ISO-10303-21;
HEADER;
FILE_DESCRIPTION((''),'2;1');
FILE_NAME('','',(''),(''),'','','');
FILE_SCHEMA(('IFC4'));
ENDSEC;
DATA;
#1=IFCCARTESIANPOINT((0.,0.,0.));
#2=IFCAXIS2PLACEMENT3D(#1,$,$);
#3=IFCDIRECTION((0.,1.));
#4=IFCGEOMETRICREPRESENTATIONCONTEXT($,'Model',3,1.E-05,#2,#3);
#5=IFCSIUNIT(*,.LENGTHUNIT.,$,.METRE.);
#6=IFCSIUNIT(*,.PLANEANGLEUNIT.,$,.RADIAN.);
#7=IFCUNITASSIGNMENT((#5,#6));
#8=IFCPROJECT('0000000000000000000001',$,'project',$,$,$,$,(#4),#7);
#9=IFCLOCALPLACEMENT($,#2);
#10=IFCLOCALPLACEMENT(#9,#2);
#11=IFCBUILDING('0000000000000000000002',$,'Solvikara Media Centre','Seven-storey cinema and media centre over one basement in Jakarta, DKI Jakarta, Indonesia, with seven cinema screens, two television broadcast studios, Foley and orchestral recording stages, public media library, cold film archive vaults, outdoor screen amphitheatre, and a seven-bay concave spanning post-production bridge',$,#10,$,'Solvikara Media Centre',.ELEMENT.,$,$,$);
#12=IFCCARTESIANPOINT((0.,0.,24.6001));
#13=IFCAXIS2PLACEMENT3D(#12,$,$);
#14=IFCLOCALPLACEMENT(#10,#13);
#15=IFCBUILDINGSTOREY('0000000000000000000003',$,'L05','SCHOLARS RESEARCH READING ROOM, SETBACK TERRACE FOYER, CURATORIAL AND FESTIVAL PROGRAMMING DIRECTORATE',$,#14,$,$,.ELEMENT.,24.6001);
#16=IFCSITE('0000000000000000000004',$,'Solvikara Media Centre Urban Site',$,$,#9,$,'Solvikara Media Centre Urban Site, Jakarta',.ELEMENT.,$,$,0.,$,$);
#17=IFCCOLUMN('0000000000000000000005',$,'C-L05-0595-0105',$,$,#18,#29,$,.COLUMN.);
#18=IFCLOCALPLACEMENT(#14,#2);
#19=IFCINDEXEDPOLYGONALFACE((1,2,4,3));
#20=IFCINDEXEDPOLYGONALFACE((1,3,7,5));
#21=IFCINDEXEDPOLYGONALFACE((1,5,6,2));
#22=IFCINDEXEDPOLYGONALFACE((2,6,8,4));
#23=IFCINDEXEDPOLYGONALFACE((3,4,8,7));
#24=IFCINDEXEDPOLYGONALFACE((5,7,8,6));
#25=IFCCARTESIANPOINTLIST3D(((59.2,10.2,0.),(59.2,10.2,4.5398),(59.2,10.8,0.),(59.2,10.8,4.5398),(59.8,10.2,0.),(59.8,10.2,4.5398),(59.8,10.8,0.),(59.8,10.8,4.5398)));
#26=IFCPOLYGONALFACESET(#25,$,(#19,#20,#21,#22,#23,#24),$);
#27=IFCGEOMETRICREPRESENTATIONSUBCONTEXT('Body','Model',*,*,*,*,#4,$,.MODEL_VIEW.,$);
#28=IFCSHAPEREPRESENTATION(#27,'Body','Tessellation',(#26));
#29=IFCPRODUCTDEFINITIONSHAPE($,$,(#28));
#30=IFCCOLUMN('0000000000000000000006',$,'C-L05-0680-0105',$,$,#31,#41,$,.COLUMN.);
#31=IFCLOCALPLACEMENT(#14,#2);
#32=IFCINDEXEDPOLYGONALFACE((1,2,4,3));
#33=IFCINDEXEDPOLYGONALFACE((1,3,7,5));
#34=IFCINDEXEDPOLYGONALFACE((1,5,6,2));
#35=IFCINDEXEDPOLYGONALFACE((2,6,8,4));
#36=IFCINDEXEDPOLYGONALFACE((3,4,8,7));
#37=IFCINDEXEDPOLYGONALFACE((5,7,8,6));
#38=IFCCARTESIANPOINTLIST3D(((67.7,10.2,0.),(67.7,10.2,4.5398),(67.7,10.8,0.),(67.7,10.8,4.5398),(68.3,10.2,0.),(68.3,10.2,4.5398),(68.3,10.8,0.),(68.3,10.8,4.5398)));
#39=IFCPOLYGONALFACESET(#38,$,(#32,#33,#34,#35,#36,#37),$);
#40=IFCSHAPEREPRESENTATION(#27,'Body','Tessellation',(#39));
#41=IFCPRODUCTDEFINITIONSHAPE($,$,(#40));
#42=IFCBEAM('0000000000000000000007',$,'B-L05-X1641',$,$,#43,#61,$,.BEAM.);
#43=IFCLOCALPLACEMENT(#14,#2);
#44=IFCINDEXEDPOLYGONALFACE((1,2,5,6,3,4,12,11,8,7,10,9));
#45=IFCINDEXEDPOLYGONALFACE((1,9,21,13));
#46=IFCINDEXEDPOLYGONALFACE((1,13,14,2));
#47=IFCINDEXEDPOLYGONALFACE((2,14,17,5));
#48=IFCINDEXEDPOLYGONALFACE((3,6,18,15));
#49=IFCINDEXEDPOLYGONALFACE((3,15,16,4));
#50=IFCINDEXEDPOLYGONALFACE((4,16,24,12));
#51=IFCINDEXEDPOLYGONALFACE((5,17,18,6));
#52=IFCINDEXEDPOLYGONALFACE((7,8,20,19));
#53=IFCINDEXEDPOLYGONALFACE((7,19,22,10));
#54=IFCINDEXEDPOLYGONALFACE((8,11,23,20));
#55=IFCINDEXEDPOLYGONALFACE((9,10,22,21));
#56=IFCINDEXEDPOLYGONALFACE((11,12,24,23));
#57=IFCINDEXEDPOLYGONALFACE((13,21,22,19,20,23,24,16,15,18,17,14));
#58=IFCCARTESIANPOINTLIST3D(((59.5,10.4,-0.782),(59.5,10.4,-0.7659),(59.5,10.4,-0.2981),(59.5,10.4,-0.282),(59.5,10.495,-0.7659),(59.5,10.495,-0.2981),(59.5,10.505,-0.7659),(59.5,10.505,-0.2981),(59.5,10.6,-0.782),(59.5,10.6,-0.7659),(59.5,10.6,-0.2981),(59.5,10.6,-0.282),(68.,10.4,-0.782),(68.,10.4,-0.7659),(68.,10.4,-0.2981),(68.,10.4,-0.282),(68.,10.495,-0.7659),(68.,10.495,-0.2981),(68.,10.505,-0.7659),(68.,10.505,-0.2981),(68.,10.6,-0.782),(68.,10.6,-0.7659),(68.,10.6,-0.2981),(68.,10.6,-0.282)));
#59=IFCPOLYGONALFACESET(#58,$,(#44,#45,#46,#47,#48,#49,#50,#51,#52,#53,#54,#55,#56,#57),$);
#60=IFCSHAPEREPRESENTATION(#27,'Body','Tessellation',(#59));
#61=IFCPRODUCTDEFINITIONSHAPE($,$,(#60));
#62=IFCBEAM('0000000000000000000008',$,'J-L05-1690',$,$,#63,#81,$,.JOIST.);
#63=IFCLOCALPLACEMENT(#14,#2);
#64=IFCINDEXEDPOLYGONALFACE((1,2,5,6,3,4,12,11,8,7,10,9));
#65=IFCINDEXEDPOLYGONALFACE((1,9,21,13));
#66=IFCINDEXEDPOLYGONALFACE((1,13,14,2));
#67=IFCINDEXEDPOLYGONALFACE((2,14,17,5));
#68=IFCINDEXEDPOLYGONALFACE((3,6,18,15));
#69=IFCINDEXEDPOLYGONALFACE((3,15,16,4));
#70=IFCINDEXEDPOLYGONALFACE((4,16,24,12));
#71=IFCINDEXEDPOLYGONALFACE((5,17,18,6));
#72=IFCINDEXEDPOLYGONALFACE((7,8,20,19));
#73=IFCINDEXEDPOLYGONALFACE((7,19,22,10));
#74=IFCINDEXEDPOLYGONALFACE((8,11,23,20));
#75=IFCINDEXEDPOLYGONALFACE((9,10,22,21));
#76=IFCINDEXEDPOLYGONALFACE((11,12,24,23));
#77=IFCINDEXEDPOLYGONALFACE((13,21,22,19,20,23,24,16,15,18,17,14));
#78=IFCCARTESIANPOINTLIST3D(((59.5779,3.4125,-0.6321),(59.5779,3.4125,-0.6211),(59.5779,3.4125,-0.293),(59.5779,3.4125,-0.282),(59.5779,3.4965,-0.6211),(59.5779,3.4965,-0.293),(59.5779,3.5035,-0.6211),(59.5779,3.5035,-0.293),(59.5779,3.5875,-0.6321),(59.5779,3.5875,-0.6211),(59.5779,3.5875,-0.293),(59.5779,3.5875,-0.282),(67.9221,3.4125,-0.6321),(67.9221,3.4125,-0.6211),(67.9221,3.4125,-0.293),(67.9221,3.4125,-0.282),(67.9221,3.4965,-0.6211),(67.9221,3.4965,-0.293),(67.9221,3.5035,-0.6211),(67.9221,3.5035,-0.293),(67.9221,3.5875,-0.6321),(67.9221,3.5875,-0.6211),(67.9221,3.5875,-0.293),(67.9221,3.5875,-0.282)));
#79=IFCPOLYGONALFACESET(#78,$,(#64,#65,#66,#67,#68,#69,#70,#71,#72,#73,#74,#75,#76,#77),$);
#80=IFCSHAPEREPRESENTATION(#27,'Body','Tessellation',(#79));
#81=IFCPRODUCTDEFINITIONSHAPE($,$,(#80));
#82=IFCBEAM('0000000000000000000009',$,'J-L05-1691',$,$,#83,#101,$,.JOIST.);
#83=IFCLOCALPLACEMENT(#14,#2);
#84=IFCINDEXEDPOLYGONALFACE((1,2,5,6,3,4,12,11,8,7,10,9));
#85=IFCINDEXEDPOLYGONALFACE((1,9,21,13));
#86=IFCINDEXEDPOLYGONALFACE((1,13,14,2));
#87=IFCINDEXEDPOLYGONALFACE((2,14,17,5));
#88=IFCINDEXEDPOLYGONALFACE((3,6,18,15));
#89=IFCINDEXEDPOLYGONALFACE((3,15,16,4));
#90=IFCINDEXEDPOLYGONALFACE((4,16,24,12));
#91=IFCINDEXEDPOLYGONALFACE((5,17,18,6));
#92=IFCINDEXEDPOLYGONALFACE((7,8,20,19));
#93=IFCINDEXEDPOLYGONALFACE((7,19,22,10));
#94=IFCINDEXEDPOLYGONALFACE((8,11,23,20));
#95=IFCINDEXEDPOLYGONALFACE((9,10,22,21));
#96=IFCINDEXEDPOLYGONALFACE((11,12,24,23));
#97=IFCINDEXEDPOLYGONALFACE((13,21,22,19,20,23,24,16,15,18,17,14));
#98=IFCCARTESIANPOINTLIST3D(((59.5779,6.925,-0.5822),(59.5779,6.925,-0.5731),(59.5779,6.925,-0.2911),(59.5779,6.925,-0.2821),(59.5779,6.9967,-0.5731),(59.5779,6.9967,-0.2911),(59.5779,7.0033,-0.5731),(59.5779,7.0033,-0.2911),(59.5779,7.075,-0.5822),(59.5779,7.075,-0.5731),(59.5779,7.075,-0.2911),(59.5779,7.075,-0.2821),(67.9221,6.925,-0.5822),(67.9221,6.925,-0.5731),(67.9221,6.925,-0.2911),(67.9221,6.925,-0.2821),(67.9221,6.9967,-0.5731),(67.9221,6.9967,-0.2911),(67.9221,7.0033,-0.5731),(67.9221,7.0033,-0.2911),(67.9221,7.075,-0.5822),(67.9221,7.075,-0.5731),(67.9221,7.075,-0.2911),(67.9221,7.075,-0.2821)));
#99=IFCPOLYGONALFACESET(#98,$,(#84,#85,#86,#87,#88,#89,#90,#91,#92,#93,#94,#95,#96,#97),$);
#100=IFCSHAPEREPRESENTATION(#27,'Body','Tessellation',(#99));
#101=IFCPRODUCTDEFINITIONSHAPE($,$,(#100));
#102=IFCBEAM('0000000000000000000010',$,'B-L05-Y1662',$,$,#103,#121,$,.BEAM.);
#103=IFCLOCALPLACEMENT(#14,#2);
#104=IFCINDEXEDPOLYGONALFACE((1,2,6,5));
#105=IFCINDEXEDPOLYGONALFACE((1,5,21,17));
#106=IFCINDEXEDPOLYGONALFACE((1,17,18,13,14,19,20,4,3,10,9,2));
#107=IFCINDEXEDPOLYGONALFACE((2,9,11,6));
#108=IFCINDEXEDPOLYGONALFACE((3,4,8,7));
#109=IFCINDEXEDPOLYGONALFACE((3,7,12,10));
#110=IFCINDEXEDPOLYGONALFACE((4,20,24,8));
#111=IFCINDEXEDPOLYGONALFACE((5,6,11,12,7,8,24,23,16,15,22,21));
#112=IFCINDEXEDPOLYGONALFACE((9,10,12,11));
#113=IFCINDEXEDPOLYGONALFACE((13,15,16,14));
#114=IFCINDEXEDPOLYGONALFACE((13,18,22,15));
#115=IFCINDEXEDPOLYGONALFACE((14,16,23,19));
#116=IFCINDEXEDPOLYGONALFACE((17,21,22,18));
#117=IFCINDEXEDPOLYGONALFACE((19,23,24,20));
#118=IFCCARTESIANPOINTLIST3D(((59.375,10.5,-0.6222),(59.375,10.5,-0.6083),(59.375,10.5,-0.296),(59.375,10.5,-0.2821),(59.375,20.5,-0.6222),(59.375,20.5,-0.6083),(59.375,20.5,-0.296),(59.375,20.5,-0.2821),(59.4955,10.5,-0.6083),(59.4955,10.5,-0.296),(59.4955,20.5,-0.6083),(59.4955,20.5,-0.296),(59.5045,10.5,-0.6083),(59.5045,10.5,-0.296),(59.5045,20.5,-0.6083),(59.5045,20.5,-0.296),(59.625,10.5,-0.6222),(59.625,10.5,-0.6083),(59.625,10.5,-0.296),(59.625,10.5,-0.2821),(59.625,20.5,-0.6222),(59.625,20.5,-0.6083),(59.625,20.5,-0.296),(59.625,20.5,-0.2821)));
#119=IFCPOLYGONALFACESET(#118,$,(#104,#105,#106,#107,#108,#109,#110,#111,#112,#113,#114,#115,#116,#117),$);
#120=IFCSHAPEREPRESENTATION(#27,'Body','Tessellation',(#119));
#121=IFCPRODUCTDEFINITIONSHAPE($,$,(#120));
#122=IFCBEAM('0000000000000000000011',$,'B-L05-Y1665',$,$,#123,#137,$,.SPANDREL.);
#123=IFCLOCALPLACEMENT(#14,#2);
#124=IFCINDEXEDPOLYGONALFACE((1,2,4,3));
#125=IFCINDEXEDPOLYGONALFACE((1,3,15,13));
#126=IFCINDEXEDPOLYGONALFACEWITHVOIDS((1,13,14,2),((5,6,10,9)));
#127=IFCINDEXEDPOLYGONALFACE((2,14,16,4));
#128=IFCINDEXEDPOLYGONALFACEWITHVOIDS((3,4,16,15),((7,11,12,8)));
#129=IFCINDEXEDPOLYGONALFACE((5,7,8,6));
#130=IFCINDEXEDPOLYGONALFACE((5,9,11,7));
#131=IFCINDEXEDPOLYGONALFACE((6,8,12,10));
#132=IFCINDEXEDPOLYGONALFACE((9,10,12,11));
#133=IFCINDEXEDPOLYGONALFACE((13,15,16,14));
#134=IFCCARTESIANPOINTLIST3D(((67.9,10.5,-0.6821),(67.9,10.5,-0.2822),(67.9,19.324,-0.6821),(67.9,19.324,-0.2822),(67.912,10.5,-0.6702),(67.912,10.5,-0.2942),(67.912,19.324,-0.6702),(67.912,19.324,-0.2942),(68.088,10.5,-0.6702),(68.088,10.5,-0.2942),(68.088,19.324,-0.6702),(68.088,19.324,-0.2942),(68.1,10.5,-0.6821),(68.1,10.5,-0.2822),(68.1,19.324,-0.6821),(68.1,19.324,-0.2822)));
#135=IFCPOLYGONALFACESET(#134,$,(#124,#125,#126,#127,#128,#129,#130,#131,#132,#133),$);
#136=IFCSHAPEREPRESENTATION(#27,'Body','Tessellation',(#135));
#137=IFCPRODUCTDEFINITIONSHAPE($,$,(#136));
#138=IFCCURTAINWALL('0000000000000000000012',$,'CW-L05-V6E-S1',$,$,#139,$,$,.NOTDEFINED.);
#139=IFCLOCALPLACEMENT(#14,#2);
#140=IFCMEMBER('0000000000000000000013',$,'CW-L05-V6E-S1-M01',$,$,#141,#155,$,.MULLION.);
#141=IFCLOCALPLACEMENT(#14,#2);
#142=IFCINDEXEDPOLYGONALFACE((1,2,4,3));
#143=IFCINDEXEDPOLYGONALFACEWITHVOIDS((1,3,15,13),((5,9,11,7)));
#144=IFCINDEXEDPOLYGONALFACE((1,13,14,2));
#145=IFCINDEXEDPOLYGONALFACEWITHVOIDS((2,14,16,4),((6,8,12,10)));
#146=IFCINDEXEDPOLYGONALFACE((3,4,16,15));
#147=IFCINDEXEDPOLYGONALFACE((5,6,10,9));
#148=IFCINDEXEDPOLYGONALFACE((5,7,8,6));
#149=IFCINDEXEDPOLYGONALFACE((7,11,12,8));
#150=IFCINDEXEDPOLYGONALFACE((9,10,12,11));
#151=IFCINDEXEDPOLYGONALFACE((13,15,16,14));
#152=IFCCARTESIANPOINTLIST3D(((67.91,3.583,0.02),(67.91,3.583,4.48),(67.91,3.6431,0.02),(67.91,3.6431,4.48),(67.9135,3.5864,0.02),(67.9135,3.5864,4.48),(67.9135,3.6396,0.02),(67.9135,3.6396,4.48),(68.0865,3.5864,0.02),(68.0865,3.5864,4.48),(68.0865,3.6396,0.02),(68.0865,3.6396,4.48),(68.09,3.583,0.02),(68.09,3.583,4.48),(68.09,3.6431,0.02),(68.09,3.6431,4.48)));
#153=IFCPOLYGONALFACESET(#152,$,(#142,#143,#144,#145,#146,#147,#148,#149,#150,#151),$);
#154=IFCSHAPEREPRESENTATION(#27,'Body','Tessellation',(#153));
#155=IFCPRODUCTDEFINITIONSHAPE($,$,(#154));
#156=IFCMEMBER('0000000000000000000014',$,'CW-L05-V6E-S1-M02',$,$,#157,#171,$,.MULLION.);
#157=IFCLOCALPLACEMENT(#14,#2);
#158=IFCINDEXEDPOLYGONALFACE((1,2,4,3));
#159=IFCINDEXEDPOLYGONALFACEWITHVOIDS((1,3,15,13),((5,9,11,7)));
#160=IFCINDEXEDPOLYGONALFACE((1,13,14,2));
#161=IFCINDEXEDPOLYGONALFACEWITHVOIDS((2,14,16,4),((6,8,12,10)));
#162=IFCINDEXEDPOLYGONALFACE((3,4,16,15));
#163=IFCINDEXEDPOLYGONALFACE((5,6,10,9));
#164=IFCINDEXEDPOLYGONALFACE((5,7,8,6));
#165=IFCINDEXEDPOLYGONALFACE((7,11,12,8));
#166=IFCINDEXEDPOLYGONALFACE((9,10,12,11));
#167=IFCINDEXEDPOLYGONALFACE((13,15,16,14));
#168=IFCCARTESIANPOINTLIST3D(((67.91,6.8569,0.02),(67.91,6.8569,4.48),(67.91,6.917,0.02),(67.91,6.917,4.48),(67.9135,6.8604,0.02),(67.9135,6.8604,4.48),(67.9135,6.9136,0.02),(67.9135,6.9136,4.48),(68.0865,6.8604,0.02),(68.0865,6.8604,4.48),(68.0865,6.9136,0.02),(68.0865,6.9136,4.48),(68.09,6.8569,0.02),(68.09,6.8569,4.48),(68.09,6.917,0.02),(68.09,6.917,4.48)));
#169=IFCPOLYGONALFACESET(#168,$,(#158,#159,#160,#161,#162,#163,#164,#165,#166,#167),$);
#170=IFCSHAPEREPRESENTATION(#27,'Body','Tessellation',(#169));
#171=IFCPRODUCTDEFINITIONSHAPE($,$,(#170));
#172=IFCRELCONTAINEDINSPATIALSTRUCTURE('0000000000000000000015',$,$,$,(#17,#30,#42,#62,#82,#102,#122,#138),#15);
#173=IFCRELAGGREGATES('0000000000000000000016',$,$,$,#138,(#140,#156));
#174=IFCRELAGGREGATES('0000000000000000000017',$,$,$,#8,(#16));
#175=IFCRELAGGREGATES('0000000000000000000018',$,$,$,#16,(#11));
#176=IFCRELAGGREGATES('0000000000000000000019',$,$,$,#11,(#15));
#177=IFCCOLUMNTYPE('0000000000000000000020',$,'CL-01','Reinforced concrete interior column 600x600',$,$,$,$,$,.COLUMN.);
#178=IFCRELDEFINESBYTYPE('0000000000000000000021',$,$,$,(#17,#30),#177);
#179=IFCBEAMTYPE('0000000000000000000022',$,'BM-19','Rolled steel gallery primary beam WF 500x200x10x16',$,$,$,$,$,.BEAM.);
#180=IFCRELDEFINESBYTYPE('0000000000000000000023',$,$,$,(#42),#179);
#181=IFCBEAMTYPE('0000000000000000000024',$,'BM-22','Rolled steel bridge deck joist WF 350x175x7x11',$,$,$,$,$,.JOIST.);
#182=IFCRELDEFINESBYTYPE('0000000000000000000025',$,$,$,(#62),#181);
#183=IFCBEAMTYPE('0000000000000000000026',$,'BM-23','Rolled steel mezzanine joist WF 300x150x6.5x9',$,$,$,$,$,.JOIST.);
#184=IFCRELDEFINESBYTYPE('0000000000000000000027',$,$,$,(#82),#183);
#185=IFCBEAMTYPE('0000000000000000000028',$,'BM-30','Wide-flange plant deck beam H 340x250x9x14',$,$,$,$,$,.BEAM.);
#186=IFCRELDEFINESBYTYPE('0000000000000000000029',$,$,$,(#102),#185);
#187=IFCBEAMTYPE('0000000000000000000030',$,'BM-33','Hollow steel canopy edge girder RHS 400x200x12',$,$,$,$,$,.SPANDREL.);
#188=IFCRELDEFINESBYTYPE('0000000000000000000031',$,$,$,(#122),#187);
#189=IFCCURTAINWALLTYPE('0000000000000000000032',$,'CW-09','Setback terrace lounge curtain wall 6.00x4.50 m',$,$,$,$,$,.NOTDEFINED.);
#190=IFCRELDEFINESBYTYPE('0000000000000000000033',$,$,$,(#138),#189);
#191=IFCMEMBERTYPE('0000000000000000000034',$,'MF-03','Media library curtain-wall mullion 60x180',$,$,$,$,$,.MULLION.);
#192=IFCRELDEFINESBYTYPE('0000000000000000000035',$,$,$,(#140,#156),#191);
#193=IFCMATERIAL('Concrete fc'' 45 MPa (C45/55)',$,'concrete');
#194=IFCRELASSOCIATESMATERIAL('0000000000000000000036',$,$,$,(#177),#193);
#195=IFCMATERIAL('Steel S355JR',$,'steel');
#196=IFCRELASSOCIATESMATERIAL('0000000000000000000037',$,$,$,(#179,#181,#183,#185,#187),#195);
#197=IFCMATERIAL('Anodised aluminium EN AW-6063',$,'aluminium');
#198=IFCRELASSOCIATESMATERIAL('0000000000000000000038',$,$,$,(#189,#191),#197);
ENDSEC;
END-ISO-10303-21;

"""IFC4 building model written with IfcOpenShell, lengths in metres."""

from ifc_helpers import new_model, si_unit, direction, frame, origin, origin_2d, place, context, subcontext, project, spatial, rectangle, hollow_rectangle, i_section, extrude, material, material_profile, profile_set, type_object, element, aggregate, save


model = new_model("IFC4")

# Units and contexts
model_context = context("Model", 3, precision=1e-05, world=origin(), true_north=direction((0.0, 1.0)))
body_context = subcontext(model_context, "Body", "Model", "MODEL_VIEW")
ifc_project = project(units=[si_unit("LENGTHUNIT", "METRE"), si_unit("PLANEANGLEUNIT", "RADIAN")], contexts=[model_context])

# Site, building, storey
site_placement = place(None, origin())
site = spatial("IfcSite", under=ifc_project, at=site_placement, Name="Solvikara Media Centre Urban Site", LongName="Solvikara Media Centre Urban Site, Jakarta", CompositionType="ELEMENT", RefElevation=0.0)
building_placement = place(site_placement, origin())
building = spatial("IfcBuilding", under=site, at=building_placement, Name="Solvikara Media Centre", Description="Seven-storey cinema and media centre over one basement in Jakarta, DKI Jakarta, Indonesia, with seven cinema screens, two television broadcast studios, Foley and orchestral recording stages, public media library, cold film archive vaults, outdoor screen amphitheatre, and a seven-bay concave spanning post-production bridge", LongName="Solvikara Media Centre", CompositionType="ELEMENT")
storey_placement = place(building_placement, frame((0.0, 0.0, 24.6001)))
storey = spatial("IfcBuildingStorey", under=building, at=storey_placement, Name="L05", Description="SCHOLARS RESEARCH READING ROOM, SETBACK TERRACE FOYER, CURATORIAL AND FESTIVAL PROGRAMMING DIRECTORATE", CompositionType="ELEMENT", Elevation=24.6001)

# Columns
ifc_material_1 = material(Name="Concrete fc' 45 MPa (C45/55)", Category="concrete")
ifc_material_profile_1 = material_profile(ifc_material_1, rectangle(XDim=0.6001, YDim=0.6001, at=origin_2d()), Name="RC 600x600")
ifc_profile_set_1 = profile_set([ifc_material_profile_1], Name="Concrete fc' 45 MPa (C45/55)")
column_type = type_object("IfcColumnType", Name="CL-01", Description="Reinforced concrete interior column 600x600", PredefinedType="COLUMN", material=ifc_profile_set_1)
for number, where, z_axis, x_axis, name in (
    (1, (59.5, 10.5, 0.0), (0.0, 0.0, 1.0), (1.0, 0.0, 0.0), "C-L05-0595-0105"),
    (2, (68.0, 10.5, 0.0), (0.0, 0.0, 1.0), (1.0, 0.0, 0.0), "C-L05-0680-0105"),
):
    element("IfcColumn", number, at=place(storey_placement, frame(where, z_axis=z_axis, x_axis=x_axis)), inside=storey, type_object=column_type, Name=name, PredefinedType="COLUMN", context=body_context, shape_type="SweptSolid", body=[
        extrude(rectangle(XDim=0.6001, YDim=0.6001, at=origin_2d()), origin(), (0.0, 0.0, 1.0), 4.5398),
    ])

# Beams
ifc_material_2 = material(Name="Steel S355JR", Category="steel")
ifc_material_profile_2 = material_profile(ifc_material_2, i_section(OverallWidth=0.2, OverallDepth=0.5, WebThickness=0.01, FlangeThickness=0.0161, at=origin_2d()), Name="WF 500x200x10x16")
ifc_profile_set_2 = profile_set([ifc_material_profile_2], Name="Steel S355JR")
beam_type_1 = type_object("IfcBeamType", Name="BM-19", Description="Rolled steel gallery primary beam WF 500x200x10x16", PredefinedType="BEAM", material=ifc_profile_set_2)
beam_1_placement = place(storey_placement, frame((59.5, 10.5, -0.532), z_axis=(1.0, 0.0, 0.0), x_axis=(0.0, 1.0, 0.0)))
element("IfcBeam", 3, at=beam_1_placement, inside=storey, type_object=beam_type_1, Name="B-L05-X1641", PredefinedType="BEAM", context=body_context, shape_type="SweptSolid", body=[
    extrude(i_section(OverallWidth=0.2, OverallDepth=0.5, WebThickness=0.01, FlangeThickness=0.0161, at=origin_2d()), origin(), (0.0, 0.0, 1.0), 8.5),
])
ifc_material_profile_3 = material_profile(ifc_material_2, i_section(OverallWidth=0.175, OverallDepth=0.3501, WebThickness=0.0071, FlangeThickness=0.011, at=origin_2d()), Name="WF 350x175x7x11")
ifc_profile_set_3 = profile_set([ifc_material_profile_3], Name="Steel S355JR")
beam_type_2 = type_object("IfcBeamType", Name="BM-22", Description="Rolled steel bridge deck joist WF 350x175x7x11", PredefinedType="JOIST", material=ifc_profile_set_3)
beam_2_placement = place(storey_placement, frame((59.5779, 3.5, -0.457), z_axis=(1.0, 0.0, 0.0), x_axis=(0.0, 1.0, 0.0)))
element("IfcBeam", 4, at=beam_2_placement, inside=storey, type_object=beam_type_2, Name="J-L05-1690", PredefinedType="JOIST", context=body_context, shape_type="SweptSolid", body=[
    extrude(i_section(OverallWidth=0.175, OverallDepth=0.3501, WebThickness=0.0071, FlangeThickness=0.011, at=origin_2d()), origin(), (0.0, 0.0, 1.0), 8.3442),
])
ifc_material_profile_4 = material_profile(ifc_material_2, i_section(OverallWidth=0.1499, OverallDepth=0.3, WebThickness=0.0066, FlangeThickness=0.009, at=origin_2d()), Name="WF 300x150x6.5x9")
ifc_profile_set_4 = profile_set([ifc_material_profile_4], Name="Steel S355JR")
beam_type_3 = type_object("IfcBeamType", Name="BM-23", Description="Rolled steel mezzanine joist WF 300x150x6.5x9", PredefinedType="JOIST", material=ifc_profile_set_4)
beam_3_placement = place(storey_placement, frame((59.5779, 7.0, -0.4321), z_axis=(1.0, 0.0, 0.0), x_axis=(0.0, 1.0, 0.0)))
element("IfcBeam", 5, at=beam_3_placement, inside=storey, type_object=beam_type_3, Name="J-L05-1691", PredefinedType="JOIST", context=body_context, shape_type="SweptSolid", body=[
    extrude(i_section(OverallWidth=0.1499, OverallDepth=0.3, WebThickness=0.0066, FlangeThickness=0.009, at=origin_2d()), origin(), (0.0, 0.0, 1.0), 8.3442),
])
ifc_material_profile_5 = material_profile(ifc_material_2, i_section(OverallWidth=0.25, OverallDepth=0.3401, WebThickness=0.009, FlangeThickness=0.0139, at=origin_2d()), Name="H 340x250x9x14")
ifc_profile_set_5 = profile_set([ifc_material_profile_5], Name="Steel S355JR")
beam_type_4 = type_object("IfcBeamType", Name="BM-30", Description="Wide-flange plant deck beam H 340x250x9x14", PredefinedType="BEAM", material=ifc_profile_set_5)
beam_4_placement = place(storey_placement, frame((59.5, 10.5, -0.4521), z_axis=(0.0, 1.0, 0.0), x_axis=(-1.0, 0.0, 0.0)))
element("IfcBeam", 6, at=beam_4_placement, inside=storey, type_object=beam_type_4, Name="B-L05-Y1662", PredefinedType="BEAM", context=body_context, shape_type="SweptSolid", body=[
    extrude(i_section(OverallWidth=0.25, OverallDepth=0.3401, WebThickness=0.009, FlangeThickness=0.0139, at=origin_2d()), origin(), (0.0, 0.0, 1.0), 10.0),
])
ifc_material_profile_6 = material_profile(ifc_material_2, hollow_rectangle(XDim=0.2, YDim=0.3999, WallThickness=0.012, at=origin_2d()), Name="RHS 400x200x12")
ifc_profile_set_6 = profile_set([ifc_material_profile_6], Name="Steel S355JR")
beam_type_5 = type_object("IfcBeamType", Name="BM-33", Description="Hollow steel canopy edge girder RHS 400x200x12", PredefinedType="SPANDREL", material=ifc_profile_set_6)
beam_5_placement = place(storey_placement, frame((68.0, 10.5, -0.4822), z_axis=(0.0, 1.0, 0.0), x_axis=(-1.0, 0.0, 0.0)))
element("IfcBeam", 7, at=beam_5_placement, inside=storey, type_object=beam_type_5, Name="B-L05-Y1665", PredefinedType="SPANDREL", context=body_context, shape_type="SweptSolid", body=[
    extrude(hollow_rectangle(XDim=0.2, YDim=0.3999, WallThickness=0.012, at=origin_2d()), origin(), (0.0, 0.0, 1.0), 8.824),
])

# Curtain wall, members
ifc_material_3 = material(Name="Anodised aluminium EN AW-6063", Category="aluminium")
curtain_wall_type = type_object("IfcCurtainWallType", Name="CW-09", Description="Setback terrace lounge curtain wall 6.00x4.50 m", PredefinedType="NOTDEFINED", material=ifc_material_3)
curtain_wall_1_placement = place(storey_placement, origin())
curtain_wall_1 = element("IfcCurtainWall", 8, at=curtain_wall_1_placement, inside=storey, type_object=curtain_wall_type, Name="CW-L05-V6E-S1", PredefinedType="NOTDEFINED")
ifc_material_profile_7 = material_profile(ifc_material_3, hollow_rectangle(XDim=0.0601, YDim=0.1799, WallThickness=0.0034, at=origin_2d()), Name="ALU-M 60x180x3.5")
ifc_profile_set_7 = profile_set([ifc_material_profile_7], Name="Anodised aluminium EN AW-6063")
member_type_1 = type_object("IfcMemberType", Name="MF-03", Description="Media library curtain-wall mullion 60x180", PredefinedType="MULLION", material=ifc_profile_set_7)
member_1_placement = place(storey_placement, frame((68.0, 3.613, 0.02), z_axis=(0.0, 0.0, 1.0), x_axis=(0.0, 1.0, 0.0)))
member_1 = element("IfcMember", 9, at=member_1_placement, type_object=member_type_1, Name="CW-L05-V6E-S1-M01", PredefinedType="MULLION", context=body_context, shape_type="SweptSolid", body=[
    extrude(hollow_rectangle(XDim=0.0601, YDim=0.1799, WallThickness=0.0034, at=origin_2d()), origin(), (0.0, 0.0, 1.0), 4.46),
])
member_2_placement = place(storey_placement, frame((68.0, 6.887, 0.02), z_axis=(0.0, 0.0, 1.0), x_axis=(0.0, 1.0, 0.0)))
member_2 = element("IfcMember", 10, at=member_2_placement, type_object=member_type_1, Name="CW-L05-V6E-S1-M02", PredefinedType="MULLION", context=body_context, shape_type="SweptSolid", body=[
    extrude(hollow_rectangle(XDim=0.0601, YDim=0.1799, WallThickness=0.0034, at=origin_2d()), origin(), (0.0, 0.0, 1.0), 4.46),
])

aggregate(curtain_wall_1, [member_1, member_2])

save(model, "model.ifc")
